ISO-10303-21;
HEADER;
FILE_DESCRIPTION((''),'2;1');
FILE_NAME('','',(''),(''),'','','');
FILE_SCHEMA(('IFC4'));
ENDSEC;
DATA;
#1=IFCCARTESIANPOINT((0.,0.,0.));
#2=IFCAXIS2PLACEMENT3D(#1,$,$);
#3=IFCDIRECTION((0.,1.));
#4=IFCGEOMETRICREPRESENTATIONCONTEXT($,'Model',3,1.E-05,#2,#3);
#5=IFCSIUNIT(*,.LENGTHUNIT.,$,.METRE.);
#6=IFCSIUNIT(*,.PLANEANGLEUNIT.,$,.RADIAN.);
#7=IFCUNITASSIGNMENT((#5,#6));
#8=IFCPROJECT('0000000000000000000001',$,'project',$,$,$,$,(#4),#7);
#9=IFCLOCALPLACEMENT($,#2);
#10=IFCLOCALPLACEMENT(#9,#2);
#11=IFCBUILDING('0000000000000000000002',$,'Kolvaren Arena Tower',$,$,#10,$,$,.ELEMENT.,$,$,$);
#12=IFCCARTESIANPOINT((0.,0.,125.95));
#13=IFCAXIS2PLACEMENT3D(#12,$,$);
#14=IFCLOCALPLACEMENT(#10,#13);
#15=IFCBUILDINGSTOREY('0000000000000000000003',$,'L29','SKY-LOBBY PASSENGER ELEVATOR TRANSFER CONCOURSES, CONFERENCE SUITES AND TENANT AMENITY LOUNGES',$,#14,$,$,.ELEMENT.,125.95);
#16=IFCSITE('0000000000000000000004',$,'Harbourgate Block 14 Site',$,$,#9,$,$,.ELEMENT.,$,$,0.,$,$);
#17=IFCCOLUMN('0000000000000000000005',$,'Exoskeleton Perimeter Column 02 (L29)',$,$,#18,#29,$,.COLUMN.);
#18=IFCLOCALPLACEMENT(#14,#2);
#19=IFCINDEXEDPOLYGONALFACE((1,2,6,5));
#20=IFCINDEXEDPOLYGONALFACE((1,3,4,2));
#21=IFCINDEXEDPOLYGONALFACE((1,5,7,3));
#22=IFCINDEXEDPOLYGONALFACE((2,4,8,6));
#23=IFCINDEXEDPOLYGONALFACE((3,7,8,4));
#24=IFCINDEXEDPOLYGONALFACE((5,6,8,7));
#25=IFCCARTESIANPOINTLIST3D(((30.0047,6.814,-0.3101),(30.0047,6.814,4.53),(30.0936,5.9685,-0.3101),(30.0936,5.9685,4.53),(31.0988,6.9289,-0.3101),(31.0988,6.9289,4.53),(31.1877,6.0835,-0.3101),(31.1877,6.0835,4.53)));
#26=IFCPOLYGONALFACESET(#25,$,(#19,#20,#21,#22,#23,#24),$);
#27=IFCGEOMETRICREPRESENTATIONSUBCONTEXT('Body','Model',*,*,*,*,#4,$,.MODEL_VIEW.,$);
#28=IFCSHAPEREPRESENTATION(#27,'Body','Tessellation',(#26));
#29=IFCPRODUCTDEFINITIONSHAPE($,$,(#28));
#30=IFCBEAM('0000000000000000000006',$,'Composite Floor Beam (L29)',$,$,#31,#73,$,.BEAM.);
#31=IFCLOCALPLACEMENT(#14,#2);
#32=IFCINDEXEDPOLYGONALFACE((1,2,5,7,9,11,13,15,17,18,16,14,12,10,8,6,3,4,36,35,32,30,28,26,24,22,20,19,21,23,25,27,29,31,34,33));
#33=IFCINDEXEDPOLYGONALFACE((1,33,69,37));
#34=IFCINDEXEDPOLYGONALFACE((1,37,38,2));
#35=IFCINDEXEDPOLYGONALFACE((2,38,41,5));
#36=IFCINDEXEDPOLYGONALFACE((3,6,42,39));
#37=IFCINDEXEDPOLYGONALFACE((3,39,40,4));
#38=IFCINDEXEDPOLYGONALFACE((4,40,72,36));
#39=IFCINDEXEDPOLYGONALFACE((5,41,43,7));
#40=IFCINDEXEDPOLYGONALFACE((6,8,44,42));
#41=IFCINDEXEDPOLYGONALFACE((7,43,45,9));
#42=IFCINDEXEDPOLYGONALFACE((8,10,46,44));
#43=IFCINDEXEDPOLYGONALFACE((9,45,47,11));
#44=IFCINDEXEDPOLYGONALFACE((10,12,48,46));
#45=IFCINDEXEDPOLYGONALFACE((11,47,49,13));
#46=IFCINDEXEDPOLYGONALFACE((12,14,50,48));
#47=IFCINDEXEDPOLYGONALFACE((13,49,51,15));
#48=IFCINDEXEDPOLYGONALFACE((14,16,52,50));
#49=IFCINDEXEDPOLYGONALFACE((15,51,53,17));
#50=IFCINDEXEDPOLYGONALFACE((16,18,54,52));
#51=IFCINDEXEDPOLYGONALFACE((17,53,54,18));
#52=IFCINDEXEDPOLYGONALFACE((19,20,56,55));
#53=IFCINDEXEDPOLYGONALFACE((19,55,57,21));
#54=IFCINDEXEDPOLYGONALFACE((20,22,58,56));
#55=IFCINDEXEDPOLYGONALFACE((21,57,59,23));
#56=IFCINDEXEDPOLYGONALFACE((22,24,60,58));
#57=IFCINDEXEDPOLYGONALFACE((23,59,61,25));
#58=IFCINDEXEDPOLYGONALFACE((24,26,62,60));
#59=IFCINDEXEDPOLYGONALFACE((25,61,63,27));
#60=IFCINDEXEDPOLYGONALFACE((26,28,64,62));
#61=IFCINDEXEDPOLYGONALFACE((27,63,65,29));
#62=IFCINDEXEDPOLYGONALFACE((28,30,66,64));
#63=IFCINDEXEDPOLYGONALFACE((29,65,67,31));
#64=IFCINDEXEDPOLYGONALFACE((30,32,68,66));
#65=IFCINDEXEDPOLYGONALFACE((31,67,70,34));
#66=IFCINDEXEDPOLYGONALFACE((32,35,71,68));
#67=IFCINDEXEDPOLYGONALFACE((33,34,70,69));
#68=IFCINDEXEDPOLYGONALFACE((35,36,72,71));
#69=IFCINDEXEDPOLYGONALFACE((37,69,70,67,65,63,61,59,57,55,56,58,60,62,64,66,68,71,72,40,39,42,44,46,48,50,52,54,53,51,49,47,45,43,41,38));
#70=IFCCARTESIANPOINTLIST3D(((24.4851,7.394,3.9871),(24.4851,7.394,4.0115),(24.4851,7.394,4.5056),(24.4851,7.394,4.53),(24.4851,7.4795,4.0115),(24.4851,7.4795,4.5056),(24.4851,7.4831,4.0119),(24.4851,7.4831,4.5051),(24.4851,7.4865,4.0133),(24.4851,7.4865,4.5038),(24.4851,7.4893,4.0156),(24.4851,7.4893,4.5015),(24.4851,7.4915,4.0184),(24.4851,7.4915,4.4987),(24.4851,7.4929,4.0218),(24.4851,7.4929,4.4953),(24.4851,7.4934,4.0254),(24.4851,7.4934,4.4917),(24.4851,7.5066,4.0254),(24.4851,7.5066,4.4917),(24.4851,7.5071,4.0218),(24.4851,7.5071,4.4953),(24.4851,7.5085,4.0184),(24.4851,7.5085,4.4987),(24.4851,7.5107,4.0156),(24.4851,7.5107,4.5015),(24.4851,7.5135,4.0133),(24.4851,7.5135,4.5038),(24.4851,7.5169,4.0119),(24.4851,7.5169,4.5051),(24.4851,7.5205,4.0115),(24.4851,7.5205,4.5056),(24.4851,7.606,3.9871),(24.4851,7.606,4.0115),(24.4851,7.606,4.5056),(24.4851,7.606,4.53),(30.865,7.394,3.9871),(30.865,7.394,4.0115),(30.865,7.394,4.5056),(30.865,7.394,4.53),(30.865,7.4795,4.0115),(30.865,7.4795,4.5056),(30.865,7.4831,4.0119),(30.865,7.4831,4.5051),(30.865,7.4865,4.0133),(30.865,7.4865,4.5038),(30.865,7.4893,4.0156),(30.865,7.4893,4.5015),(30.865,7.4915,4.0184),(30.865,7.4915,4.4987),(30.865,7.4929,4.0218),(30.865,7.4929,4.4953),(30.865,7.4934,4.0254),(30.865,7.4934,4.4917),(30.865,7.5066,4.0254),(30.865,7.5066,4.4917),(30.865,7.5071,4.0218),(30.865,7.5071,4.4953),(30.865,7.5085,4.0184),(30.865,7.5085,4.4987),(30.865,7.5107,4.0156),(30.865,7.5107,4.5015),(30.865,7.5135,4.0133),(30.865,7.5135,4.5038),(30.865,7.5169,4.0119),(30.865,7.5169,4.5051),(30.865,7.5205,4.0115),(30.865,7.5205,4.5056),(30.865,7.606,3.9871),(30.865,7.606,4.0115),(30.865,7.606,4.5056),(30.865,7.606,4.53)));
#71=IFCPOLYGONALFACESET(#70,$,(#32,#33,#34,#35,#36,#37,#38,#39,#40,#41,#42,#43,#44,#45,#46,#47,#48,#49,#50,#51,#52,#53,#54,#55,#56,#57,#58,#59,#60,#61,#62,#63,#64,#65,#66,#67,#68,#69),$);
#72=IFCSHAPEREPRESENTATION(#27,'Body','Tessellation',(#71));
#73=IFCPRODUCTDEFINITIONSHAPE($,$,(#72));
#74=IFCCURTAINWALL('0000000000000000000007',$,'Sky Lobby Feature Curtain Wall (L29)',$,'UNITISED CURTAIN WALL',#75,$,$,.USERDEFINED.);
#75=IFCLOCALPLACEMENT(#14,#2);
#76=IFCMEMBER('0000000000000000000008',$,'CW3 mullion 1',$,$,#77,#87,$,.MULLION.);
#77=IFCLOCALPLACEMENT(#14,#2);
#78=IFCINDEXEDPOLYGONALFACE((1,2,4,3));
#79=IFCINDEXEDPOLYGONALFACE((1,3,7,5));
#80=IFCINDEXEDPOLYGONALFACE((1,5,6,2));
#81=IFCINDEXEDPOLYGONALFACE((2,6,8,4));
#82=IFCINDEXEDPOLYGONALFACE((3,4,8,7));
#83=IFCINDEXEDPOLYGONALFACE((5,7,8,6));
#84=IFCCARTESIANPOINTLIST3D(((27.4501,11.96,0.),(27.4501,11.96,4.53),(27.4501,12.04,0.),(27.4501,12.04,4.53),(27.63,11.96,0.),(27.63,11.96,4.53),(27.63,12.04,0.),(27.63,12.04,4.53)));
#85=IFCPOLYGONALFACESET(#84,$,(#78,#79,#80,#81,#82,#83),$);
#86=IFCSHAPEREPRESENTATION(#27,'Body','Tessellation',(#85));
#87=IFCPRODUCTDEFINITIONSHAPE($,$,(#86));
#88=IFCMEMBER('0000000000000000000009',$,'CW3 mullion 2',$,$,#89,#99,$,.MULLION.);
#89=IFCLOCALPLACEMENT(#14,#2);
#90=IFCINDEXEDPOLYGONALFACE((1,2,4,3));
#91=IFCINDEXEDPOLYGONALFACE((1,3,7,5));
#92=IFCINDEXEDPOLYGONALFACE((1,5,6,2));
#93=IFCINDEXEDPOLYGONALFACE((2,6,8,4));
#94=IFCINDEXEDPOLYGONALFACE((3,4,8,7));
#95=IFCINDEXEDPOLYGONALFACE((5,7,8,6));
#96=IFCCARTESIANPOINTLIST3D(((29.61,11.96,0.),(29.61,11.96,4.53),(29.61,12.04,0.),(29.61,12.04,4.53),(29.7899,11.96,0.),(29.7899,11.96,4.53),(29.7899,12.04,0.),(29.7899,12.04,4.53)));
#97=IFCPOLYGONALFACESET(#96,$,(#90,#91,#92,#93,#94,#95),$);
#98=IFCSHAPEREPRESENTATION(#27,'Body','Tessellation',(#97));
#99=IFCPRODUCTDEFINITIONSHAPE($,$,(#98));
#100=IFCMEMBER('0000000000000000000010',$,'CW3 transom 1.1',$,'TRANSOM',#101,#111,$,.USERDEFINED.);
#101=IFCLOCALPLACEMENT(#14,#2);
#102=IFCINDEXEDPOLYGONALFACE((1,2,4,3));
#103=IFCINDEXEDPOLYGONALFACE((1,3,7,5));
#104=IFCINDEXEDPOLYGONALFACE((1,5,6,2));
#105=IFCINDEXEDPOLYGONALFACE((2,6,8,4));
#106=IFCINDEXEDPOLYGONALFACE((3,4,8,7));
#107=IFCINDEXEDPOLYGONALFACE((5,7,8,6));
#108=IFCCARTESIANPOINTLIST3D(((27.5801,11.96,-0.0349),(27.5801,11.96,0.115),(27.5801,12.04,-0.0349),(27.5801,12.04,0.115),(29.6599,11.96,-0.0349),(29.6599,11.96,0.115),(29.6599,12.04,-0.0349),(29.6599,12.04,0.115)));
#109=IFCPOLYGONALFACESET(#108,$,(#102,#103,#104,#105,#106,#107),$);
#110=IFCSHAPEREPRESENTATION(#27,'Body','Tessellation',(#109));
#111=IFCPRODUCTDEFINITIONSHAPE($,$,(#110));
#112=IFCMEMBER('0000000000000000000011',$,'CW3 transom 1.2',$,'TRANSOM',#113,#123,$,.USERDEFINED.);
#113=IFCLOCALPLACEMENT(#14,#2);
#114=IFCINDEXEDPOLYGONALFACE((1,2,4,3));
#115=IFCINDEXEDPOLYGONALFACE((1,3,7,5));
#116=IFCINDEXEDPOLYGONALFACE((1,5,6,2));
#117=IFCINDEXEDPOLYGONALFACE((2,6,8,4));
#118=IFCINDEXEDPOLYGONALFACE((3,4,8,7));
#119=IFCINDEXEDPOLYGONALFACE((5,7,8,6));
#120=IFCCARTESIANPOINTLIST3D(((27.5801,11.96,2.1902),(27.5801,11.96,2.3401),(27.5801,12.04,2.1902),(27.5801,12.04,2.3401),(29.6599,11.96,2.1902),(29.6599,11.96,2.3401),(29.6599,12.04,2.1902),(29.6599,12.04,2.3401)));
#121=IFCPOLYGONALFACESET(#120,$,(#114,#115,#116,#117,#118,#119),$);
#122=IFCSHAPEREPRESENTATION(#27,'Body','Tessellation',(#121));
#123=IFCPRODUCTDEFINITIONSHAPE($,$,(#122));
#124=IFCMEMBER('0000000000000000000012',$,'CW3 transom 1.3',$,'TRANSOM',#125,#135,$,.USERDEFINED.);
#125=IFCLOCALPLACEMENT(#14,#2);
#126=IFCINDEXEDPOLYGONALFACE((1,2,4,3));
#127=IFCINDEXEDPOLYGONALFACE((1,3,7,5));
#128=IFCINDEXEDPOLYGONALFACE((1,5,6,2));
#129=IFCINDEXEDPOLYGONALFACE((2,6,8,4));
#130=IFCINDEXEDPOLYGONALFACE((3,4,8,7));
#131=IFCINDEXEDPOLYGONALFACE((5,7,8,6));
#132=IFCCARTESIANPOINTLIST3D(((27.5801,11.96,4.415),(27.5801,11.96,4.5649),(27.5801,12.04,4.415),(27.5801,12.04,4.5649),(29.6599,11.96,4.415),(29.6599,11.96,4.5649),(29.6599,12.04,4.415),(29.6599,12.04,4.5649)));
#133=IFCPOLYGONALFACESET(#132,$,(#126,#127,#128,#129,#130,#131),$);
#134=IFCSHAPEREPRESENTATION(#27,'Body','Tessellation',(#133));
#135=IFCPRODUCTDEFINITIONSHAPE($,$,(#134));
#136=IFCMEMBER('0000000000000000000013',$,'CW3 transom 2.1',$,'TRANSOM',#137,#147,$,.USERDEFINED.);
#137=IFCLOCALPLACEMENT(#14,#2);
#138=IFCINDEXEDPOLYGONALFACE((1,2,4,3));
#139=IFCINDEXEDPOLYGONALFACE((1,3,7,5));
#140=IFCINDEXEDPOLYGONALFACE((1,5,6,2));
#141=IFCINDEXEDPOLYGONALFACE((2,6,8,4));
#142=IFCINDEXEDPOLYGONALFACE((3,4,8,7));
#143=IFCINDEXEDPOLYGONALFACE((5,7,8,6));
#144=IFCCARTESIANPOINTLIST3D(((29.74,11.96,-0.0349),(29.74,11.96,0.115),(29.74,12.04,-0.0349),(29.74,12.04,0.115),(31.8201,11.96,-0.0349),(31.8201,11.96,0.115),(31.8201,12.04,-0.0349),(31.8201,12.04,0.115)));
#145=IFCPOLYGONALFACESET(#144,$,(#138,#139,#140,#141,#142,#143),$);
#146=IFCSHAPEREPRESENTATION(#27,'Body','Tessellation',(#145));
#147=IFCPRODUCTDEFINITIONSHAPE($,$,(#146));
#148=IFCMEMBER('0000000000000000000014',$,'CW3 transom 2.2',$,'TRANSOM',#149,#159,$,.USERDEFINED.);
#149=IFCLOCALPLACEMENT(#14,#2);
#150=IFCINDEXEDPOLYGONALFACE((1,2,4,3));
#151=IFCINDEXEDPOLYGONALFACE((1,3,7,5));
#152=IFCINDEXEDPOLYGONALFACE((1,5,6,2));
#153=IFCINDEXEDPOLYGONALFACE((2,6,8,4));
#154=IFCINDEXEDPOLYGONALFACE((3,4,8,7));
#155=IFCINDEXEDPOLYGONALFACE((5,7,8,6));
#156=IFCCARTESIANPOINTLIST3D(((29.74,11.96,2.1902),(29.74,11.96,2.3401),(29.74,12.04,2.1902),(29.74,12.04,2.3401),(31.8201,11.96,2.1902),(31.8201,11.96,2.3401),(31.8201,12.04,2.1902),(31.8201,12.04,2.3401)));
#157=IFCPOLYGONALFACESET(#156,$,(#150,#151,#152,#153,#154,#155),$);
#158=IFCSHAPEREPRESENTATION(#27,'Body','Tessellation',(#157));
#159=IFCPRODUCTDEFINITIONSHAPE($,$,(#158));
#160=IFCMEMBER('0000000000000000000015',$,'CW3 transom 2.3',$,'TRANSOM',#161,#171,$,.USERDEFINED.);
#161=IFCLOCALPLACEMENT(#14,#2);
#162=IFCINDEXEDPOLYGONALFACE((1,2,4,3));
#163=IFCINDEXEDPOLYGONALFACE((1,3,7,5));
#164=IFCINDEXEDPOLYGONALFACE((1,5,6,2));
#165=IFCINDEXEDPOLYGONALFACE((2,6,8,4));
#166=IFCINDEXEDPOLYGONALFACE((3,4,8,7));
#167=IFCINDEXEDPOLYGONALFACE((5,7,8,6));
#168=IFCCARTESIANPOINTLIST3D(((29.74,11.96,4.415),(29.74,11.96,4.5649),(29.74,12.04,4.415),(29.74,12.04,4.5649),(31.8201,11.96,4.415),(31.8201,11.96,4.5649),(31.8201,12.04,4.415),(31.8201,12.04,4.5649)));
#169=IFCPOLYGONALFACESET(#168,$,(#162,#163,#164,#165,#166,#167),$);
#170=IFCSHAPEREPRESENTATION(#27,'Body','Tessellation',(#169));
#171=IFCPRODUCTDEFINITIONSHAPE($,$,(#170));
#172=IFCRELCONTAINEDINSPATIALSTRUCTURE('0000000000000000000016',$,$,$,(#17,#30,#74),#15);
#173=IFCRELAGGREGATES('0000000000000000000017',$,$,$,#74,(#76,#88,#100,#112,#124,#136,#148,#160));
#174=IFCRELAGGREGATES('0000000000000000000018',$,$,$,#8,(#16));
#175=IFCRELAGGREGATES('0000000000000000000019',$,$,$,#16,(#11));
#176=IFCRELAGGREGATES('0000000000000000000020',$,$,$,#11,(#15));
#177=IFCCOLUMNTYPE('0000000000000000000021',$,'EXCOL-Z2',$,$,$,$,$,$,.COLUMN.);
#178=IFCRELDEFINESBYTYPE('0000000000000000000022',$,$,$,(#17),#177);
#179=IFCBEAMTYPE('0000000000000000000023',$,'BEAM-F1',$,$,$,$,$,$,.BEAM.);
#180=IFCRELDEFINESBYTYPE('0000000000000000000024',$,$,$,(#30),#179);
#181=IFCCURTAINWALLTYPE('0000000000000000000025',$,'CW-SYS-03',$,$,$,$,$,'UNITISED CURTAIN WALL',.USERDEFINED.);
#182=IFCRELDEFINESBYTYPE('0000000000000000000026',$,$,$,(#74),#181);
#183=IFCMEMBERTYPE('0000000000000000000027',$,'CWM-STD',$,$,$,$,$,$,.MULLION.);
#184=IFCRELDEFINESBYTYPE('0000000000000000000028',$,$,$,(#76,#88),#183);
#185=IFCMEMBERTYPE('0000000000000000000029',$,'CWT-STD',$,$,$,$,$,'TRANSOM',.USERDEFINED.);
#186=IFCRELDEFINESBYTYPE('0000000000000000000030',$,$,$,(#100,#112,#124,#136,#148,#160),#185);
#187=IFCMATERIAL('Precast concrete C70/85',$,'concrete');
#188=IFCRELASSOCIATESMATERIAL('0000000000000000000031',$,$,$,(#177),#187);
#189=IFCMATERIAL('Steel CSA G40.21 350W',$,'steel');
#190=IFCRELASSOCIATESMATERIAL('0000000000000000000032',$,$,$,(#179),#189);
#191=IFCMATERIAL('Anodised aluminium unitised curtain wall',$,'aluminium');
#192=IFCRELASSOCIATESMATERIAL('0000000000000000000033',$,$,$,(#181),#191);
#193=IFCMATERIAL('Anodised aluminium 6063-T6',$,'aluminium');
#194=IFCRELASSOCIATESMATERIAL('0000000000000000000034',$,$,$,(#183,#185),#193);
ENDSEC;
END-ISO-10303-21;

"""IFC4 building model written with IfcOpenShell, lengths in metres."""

from ifc_helpers import new_model, si_unit, direction, frame, origin, origin_2d, place, context, subcontext, project, spatial, rectangle, i_section, extrude, material, material_profile, profile_set, type_object, element, aggregate, save


model = new_model("IFC4")

# Units and contexts
model_context = context("Model", 3, precision=1e-05, world=origin(), true_north=direction((0.0, 1.0)))
body_context = subcontext(model_context, "Body", "Model", "MODEL_VIEW")
ifc_project = project(units=[si_unit("LENGTHUNIT", "METRE"), si_unit("PLANEANGLEUNIT", "RADIAN")], contexts=[model_context])

# Site, building, storey
site_placement = place(None, origin())
site = spatial("IfcSite", under=ifc_project, at=site_placement, Name="Harbourgate Block 14 Site", CompositionType="ELEMENT", RefElevation=0.0)
building_placement = place(site_placement, origin())
building = spatial("IfcBuilding", under=site, at=building_placement, Name="Kolvaren Arena Tower", CompositionType="ELEMENT")
storey_placement = place(building_placement, frame((0.0, 0.0, 125.95)))
storey = spatial("IfcBuildingStorey", under=building, at=storey_placement, Name="L29", Description="SKY-LOBBY PASSENGER ELEVATOR TRANSFER CONCOURSES, CONFERENCE SUITES AND TENANT AMENITY LOUNGES", CompositionType="ELEMENT", Elevation=125.95)

# Column
ifc_material_1 = material(Name="Precast concrete C70/85", Category="concrete")
ifc_material_profile_1 = material_profile(ifc_material_1, rectangle(XDim=1.1001, YDim=0.8501, at=origin_2d()), Name="RC-1100x850")
ifc_profile_set_1 = profile_set([ifc_material_profile_1], Name="Precast concrete C70/85")
column_type = type_object("IfcColumnType", Name="EXCOL-Z2", PredefinedType="COLUMN", material=ifc_profile_set_1)
column_placement = place(storey_placement, frame((30.5962, 6.4487, -0.3101), z_axis=(0.0, 0.0, 1.0), x_axis=(0.994522, 0.104528, 0.0)))
element("IfcColumn", 1, at=column_placement, inside=storey, type_object=column_type, Name="Exoskeleton Perimeter Column 02 (L29)", PredefinedType="COLUMN", context=body_context, shape_type="SweptSolid", body=[
    extrude(rectangle(XDim=1.1001, YDim=0.8501, at=origin_2d()), origin(), (0.0, 0.0, 1.0), 4.8401),
])

# Beam
ifc_material_2 = material(Name="Steel CSA G40.21 350W", Category="steel")
ifc_material_profile_2 = material_profile(ifc_material_2, i_section(OverallWidth=0.2119, OverallDepth=0.543, WebThickness=0.0132, FlangeThickness=0.0244, FilletRadius=0.0139, at=origin_2d()), Name="W530x150")
ifc_profile_set_2 = profile_set([ifc_material_profile_2], Name="Steel CSA G40.21 350W")
beam_type_1 = type_object("IfcBeamType", Name="BEAM-F1", PredefinedType="BEAM", material=ifc_profile_set_2)
beam_1_placement = place(storey_placement, frame((24.4851, 7.5, 4.2585), z_axis=(1.0, 0.0, 0.0), x_axis=(0.0, 1.0, 0.0)))
element("IfcBeam", 2, at=beam_1_placement, inside=storey, type_object=beam_type_1, Name="Composite Floor Beam (L29)", PredefinedType="BEAM", context=body_context, shape_type="SweptSolid", body=[
    extrude(i_section(OverallWidth=0.2119, OverallDepth=0.543, WebThickness=0.0132, FlangeThickness=0.0244, FilletRadius=0.0139, at=origin_2d()), origin(), (0.0, 0.0, 1.0), 6.3799),
])

# Curtain wall, members
ifc_material_3 = material(Name="Anodised aluminium unitised curtain wall", Category="aluminium")
curtain_wall_type = type_object("IfcCurtainWallType", Name="CW-SYS-03", ElementType="UNITISED CURTAIN WALL", PredefinedType="USERDEFINED", material=ifc_material_3)
curtain_wall_placement = place(storey_placement, origin())
curtain_wall = element("IfcCurtainWall", 3, at=curtain_wall_placement, inside=storey, type_object=curtain_wall_type, Name="Sky Lobby Feature Curtain Wall (L29)", ObjectType="UNITISED CURTAIN WALL", PredefinedType="USERDEFINED")
ifc_material_4 = material(Name="Anodised aluminium 6063-T6", Category="aluminium")
ifc_material_profile_3 = material_profile(ifc_material_4, rectangle(XDim=0.0801, YDim=0.1799, at=origin_2d()), Name="ALU-80x180")
ifc_profile_set_3 = profile_set([ifc_material_profile_3], Name="Anodised aluminium 6063-T6")
member_type_1 = type_object("IfcMemberType", Name="CWM-STD", PredefinedType="MULLION", material=ifc_profile_set_3)
member_1_placement = place(storey_placement, frame((27.54, 12.0, 0.0), z_axis=(0.0, 0.0, 1.0), x_axis=(0.0, 1.0, 0.0)))
member_1 = element("IfcMember", 4, at=member_1_placement, type_object=member_type_1, Name="CW3 mullion 1", PredefinedType="MULLION", context=body_context, shape_type="SweptSolid", body=[
    extrude(rectangle(XDim=0.0801, YDim=0.1799, at=origin_2d()), origin(), (0.0, 0.0, 1.0), 4.53),
])
member_2_placement = place(storey_placement, frame((29.7, 12.0, 0.0), z_axis=(0.0, 0.0, 1.0), x_axis=(0.0, 1.0, 0.0)))
member_2 = element("IfcMember", 5, at=member_2_placement, type_object=member_type_1, Name="CW3 mullion 2", PredefinedType="MULLION", context=body_context, shape_type="SweptSolid", body=[
    extrude(rectangle(XDim=0.0801, YDim=0.1799, at=origin_2d()), origin(), (0.0, 0.0, 1.0), 4.53),
])
ifc_material_profile_4 = material_profile(ifc_material_4, rectangle(XDim=0.0801, YDim=0.1499, at=origin_2d()), Name="ALU-80x150")
ifc_profile_set_4 = profile_set([ifc_material_profile_4], Name="Anodised aluminium 6063-T6")
member_type_2 = type_object("IfcMemberType", Name="CWT-STD", ElementType="TRANSOM", PredefinedType="USERDEFINED", material=ifc_profile_set_4)
member_3_placement = place(storey_placement, frame((27.5801, 12.0, 0.04), z_axis=(1.0, 0.0, 0.0), x_axis=(0.0, 1.0, 0.0)))
member_3 = element("IfcMember", 6, at=member_3_placement, type_object=member_type_2, Name="CW3 transom 1.1", ObjectType="TRANSOM", PredefinedType="USERDEFINED", context=body_context, shape_type="SweptSolid", body=[
    extrude(rectangle(XDim=0.0801, YDim=0.1499, at=origin_2d()), origin(), (0.0, 0.0, 1.0), 2.0798),
])
member_4_placement = place(storey_placement, frame((27.5801, 12.0, 2.2651), z_axis=(1.0, 0.0, 0.0), x_axis=(0.0, 1.0, 0.0)))
member_4 = element("IfcMember", 7, at=member_4_placement, type_object=member_type_2, Name="CW3 transom 1.2", ObjectType="TRANSOM", PredefinedType="USERDEFINED", context=body_context, shape_type="SweptSolid", body=[
    extrude(rectangle(XDim=0.0801, YDim=0.1499, at=origin_2d()), origin(), (0.0, 0.0, 1.0), 2.0798),
])
member_5_placement = place(storey_placement, frame((27.5801, 12.0, 4.49), z_axis=(1.0, 0.0, 0.0), x_axis=(0.0, 1.0, 0.0)))
member_5 = element("IfcMember", 8, at=member_5_placement, type_object=member_type_2, Name="CW3 transom 1.3", ObjectType="TRANSOM", PredefinedType="USERDEFINED", context=body_context, shape_type="SweptSolid", body=[
    extrude(rectangle(XDim=0.0801, YDim=0.1499, at=origin_2d()), origin(), (0.0, 0.0, 1.0), 2.0798),
])
member_6_placement = place(storey_placement, frame((29.74, 12.0, 0.04), z_axis=(1.0, 0.0, 0.0), x_axis=(0.0, 1.0, 0.0)))
member_6 = element("IfcMember", 9, at=member_6_placement, type_object=member_type_2, Name="CW3 transom 2.1", ObjectType="TRANSOM", PredefinedType="USERDEFINED", context=body_context, shape_type="SweptSolid", body=[
    extrude(rectangle(XDim=0.0801, YDim=0.1499, at=origin_2d()), origin(), (0.0, 0.0, 1.0), 2.0801),
])
member_7_placement = place(storey_placement, frame((29.74, 12.0, 2.2651), z_axis=(1.0, 0.0, 0.0), x_axis=(0.0, 1.0, 0.0)))
member_7 = element("IfcMember", 10, at=member_7_placement, type_object=member_type_2, Name="CW3 transom 2.2", ObjectType="TRANSOM", PredefinedType="USERDEFINED", context=body_context, shape_type="SweptSolid", body=[
    extrude(rectangle(XDim=0.0801, YDim=0.1499, at=origin_2d()), origin(), (0.0, 0.0, 1.0), 2.0801),
])
member_8_placement = place(storey_placement, frame((29.74, 12.0, 4.49), z_axis=(1.0, 0.0, 0.0), x_axis=(0.0, 1.0, 0.0)))
member_8 = element("IfcMember", 11, at=member_8_placement, type_object=member_type_2, Name="CW3 transom 2.3", ObjectType="TRANSOM", PredefinedType="USERDEFINED", context=body_context, shape_type="SweptSolid", body=[
    extrude(rectangle(XDim=0.0801, YDim=0.1499, at=origin_2d()), origin(), (0.0, 0.0, 1.0), 2.0801),
])

aggregate(curtain_wall, [member_1, member_2, member_3, member_4, member_5, member_6, member_7, member_8])

save(model, "model.ifc")
